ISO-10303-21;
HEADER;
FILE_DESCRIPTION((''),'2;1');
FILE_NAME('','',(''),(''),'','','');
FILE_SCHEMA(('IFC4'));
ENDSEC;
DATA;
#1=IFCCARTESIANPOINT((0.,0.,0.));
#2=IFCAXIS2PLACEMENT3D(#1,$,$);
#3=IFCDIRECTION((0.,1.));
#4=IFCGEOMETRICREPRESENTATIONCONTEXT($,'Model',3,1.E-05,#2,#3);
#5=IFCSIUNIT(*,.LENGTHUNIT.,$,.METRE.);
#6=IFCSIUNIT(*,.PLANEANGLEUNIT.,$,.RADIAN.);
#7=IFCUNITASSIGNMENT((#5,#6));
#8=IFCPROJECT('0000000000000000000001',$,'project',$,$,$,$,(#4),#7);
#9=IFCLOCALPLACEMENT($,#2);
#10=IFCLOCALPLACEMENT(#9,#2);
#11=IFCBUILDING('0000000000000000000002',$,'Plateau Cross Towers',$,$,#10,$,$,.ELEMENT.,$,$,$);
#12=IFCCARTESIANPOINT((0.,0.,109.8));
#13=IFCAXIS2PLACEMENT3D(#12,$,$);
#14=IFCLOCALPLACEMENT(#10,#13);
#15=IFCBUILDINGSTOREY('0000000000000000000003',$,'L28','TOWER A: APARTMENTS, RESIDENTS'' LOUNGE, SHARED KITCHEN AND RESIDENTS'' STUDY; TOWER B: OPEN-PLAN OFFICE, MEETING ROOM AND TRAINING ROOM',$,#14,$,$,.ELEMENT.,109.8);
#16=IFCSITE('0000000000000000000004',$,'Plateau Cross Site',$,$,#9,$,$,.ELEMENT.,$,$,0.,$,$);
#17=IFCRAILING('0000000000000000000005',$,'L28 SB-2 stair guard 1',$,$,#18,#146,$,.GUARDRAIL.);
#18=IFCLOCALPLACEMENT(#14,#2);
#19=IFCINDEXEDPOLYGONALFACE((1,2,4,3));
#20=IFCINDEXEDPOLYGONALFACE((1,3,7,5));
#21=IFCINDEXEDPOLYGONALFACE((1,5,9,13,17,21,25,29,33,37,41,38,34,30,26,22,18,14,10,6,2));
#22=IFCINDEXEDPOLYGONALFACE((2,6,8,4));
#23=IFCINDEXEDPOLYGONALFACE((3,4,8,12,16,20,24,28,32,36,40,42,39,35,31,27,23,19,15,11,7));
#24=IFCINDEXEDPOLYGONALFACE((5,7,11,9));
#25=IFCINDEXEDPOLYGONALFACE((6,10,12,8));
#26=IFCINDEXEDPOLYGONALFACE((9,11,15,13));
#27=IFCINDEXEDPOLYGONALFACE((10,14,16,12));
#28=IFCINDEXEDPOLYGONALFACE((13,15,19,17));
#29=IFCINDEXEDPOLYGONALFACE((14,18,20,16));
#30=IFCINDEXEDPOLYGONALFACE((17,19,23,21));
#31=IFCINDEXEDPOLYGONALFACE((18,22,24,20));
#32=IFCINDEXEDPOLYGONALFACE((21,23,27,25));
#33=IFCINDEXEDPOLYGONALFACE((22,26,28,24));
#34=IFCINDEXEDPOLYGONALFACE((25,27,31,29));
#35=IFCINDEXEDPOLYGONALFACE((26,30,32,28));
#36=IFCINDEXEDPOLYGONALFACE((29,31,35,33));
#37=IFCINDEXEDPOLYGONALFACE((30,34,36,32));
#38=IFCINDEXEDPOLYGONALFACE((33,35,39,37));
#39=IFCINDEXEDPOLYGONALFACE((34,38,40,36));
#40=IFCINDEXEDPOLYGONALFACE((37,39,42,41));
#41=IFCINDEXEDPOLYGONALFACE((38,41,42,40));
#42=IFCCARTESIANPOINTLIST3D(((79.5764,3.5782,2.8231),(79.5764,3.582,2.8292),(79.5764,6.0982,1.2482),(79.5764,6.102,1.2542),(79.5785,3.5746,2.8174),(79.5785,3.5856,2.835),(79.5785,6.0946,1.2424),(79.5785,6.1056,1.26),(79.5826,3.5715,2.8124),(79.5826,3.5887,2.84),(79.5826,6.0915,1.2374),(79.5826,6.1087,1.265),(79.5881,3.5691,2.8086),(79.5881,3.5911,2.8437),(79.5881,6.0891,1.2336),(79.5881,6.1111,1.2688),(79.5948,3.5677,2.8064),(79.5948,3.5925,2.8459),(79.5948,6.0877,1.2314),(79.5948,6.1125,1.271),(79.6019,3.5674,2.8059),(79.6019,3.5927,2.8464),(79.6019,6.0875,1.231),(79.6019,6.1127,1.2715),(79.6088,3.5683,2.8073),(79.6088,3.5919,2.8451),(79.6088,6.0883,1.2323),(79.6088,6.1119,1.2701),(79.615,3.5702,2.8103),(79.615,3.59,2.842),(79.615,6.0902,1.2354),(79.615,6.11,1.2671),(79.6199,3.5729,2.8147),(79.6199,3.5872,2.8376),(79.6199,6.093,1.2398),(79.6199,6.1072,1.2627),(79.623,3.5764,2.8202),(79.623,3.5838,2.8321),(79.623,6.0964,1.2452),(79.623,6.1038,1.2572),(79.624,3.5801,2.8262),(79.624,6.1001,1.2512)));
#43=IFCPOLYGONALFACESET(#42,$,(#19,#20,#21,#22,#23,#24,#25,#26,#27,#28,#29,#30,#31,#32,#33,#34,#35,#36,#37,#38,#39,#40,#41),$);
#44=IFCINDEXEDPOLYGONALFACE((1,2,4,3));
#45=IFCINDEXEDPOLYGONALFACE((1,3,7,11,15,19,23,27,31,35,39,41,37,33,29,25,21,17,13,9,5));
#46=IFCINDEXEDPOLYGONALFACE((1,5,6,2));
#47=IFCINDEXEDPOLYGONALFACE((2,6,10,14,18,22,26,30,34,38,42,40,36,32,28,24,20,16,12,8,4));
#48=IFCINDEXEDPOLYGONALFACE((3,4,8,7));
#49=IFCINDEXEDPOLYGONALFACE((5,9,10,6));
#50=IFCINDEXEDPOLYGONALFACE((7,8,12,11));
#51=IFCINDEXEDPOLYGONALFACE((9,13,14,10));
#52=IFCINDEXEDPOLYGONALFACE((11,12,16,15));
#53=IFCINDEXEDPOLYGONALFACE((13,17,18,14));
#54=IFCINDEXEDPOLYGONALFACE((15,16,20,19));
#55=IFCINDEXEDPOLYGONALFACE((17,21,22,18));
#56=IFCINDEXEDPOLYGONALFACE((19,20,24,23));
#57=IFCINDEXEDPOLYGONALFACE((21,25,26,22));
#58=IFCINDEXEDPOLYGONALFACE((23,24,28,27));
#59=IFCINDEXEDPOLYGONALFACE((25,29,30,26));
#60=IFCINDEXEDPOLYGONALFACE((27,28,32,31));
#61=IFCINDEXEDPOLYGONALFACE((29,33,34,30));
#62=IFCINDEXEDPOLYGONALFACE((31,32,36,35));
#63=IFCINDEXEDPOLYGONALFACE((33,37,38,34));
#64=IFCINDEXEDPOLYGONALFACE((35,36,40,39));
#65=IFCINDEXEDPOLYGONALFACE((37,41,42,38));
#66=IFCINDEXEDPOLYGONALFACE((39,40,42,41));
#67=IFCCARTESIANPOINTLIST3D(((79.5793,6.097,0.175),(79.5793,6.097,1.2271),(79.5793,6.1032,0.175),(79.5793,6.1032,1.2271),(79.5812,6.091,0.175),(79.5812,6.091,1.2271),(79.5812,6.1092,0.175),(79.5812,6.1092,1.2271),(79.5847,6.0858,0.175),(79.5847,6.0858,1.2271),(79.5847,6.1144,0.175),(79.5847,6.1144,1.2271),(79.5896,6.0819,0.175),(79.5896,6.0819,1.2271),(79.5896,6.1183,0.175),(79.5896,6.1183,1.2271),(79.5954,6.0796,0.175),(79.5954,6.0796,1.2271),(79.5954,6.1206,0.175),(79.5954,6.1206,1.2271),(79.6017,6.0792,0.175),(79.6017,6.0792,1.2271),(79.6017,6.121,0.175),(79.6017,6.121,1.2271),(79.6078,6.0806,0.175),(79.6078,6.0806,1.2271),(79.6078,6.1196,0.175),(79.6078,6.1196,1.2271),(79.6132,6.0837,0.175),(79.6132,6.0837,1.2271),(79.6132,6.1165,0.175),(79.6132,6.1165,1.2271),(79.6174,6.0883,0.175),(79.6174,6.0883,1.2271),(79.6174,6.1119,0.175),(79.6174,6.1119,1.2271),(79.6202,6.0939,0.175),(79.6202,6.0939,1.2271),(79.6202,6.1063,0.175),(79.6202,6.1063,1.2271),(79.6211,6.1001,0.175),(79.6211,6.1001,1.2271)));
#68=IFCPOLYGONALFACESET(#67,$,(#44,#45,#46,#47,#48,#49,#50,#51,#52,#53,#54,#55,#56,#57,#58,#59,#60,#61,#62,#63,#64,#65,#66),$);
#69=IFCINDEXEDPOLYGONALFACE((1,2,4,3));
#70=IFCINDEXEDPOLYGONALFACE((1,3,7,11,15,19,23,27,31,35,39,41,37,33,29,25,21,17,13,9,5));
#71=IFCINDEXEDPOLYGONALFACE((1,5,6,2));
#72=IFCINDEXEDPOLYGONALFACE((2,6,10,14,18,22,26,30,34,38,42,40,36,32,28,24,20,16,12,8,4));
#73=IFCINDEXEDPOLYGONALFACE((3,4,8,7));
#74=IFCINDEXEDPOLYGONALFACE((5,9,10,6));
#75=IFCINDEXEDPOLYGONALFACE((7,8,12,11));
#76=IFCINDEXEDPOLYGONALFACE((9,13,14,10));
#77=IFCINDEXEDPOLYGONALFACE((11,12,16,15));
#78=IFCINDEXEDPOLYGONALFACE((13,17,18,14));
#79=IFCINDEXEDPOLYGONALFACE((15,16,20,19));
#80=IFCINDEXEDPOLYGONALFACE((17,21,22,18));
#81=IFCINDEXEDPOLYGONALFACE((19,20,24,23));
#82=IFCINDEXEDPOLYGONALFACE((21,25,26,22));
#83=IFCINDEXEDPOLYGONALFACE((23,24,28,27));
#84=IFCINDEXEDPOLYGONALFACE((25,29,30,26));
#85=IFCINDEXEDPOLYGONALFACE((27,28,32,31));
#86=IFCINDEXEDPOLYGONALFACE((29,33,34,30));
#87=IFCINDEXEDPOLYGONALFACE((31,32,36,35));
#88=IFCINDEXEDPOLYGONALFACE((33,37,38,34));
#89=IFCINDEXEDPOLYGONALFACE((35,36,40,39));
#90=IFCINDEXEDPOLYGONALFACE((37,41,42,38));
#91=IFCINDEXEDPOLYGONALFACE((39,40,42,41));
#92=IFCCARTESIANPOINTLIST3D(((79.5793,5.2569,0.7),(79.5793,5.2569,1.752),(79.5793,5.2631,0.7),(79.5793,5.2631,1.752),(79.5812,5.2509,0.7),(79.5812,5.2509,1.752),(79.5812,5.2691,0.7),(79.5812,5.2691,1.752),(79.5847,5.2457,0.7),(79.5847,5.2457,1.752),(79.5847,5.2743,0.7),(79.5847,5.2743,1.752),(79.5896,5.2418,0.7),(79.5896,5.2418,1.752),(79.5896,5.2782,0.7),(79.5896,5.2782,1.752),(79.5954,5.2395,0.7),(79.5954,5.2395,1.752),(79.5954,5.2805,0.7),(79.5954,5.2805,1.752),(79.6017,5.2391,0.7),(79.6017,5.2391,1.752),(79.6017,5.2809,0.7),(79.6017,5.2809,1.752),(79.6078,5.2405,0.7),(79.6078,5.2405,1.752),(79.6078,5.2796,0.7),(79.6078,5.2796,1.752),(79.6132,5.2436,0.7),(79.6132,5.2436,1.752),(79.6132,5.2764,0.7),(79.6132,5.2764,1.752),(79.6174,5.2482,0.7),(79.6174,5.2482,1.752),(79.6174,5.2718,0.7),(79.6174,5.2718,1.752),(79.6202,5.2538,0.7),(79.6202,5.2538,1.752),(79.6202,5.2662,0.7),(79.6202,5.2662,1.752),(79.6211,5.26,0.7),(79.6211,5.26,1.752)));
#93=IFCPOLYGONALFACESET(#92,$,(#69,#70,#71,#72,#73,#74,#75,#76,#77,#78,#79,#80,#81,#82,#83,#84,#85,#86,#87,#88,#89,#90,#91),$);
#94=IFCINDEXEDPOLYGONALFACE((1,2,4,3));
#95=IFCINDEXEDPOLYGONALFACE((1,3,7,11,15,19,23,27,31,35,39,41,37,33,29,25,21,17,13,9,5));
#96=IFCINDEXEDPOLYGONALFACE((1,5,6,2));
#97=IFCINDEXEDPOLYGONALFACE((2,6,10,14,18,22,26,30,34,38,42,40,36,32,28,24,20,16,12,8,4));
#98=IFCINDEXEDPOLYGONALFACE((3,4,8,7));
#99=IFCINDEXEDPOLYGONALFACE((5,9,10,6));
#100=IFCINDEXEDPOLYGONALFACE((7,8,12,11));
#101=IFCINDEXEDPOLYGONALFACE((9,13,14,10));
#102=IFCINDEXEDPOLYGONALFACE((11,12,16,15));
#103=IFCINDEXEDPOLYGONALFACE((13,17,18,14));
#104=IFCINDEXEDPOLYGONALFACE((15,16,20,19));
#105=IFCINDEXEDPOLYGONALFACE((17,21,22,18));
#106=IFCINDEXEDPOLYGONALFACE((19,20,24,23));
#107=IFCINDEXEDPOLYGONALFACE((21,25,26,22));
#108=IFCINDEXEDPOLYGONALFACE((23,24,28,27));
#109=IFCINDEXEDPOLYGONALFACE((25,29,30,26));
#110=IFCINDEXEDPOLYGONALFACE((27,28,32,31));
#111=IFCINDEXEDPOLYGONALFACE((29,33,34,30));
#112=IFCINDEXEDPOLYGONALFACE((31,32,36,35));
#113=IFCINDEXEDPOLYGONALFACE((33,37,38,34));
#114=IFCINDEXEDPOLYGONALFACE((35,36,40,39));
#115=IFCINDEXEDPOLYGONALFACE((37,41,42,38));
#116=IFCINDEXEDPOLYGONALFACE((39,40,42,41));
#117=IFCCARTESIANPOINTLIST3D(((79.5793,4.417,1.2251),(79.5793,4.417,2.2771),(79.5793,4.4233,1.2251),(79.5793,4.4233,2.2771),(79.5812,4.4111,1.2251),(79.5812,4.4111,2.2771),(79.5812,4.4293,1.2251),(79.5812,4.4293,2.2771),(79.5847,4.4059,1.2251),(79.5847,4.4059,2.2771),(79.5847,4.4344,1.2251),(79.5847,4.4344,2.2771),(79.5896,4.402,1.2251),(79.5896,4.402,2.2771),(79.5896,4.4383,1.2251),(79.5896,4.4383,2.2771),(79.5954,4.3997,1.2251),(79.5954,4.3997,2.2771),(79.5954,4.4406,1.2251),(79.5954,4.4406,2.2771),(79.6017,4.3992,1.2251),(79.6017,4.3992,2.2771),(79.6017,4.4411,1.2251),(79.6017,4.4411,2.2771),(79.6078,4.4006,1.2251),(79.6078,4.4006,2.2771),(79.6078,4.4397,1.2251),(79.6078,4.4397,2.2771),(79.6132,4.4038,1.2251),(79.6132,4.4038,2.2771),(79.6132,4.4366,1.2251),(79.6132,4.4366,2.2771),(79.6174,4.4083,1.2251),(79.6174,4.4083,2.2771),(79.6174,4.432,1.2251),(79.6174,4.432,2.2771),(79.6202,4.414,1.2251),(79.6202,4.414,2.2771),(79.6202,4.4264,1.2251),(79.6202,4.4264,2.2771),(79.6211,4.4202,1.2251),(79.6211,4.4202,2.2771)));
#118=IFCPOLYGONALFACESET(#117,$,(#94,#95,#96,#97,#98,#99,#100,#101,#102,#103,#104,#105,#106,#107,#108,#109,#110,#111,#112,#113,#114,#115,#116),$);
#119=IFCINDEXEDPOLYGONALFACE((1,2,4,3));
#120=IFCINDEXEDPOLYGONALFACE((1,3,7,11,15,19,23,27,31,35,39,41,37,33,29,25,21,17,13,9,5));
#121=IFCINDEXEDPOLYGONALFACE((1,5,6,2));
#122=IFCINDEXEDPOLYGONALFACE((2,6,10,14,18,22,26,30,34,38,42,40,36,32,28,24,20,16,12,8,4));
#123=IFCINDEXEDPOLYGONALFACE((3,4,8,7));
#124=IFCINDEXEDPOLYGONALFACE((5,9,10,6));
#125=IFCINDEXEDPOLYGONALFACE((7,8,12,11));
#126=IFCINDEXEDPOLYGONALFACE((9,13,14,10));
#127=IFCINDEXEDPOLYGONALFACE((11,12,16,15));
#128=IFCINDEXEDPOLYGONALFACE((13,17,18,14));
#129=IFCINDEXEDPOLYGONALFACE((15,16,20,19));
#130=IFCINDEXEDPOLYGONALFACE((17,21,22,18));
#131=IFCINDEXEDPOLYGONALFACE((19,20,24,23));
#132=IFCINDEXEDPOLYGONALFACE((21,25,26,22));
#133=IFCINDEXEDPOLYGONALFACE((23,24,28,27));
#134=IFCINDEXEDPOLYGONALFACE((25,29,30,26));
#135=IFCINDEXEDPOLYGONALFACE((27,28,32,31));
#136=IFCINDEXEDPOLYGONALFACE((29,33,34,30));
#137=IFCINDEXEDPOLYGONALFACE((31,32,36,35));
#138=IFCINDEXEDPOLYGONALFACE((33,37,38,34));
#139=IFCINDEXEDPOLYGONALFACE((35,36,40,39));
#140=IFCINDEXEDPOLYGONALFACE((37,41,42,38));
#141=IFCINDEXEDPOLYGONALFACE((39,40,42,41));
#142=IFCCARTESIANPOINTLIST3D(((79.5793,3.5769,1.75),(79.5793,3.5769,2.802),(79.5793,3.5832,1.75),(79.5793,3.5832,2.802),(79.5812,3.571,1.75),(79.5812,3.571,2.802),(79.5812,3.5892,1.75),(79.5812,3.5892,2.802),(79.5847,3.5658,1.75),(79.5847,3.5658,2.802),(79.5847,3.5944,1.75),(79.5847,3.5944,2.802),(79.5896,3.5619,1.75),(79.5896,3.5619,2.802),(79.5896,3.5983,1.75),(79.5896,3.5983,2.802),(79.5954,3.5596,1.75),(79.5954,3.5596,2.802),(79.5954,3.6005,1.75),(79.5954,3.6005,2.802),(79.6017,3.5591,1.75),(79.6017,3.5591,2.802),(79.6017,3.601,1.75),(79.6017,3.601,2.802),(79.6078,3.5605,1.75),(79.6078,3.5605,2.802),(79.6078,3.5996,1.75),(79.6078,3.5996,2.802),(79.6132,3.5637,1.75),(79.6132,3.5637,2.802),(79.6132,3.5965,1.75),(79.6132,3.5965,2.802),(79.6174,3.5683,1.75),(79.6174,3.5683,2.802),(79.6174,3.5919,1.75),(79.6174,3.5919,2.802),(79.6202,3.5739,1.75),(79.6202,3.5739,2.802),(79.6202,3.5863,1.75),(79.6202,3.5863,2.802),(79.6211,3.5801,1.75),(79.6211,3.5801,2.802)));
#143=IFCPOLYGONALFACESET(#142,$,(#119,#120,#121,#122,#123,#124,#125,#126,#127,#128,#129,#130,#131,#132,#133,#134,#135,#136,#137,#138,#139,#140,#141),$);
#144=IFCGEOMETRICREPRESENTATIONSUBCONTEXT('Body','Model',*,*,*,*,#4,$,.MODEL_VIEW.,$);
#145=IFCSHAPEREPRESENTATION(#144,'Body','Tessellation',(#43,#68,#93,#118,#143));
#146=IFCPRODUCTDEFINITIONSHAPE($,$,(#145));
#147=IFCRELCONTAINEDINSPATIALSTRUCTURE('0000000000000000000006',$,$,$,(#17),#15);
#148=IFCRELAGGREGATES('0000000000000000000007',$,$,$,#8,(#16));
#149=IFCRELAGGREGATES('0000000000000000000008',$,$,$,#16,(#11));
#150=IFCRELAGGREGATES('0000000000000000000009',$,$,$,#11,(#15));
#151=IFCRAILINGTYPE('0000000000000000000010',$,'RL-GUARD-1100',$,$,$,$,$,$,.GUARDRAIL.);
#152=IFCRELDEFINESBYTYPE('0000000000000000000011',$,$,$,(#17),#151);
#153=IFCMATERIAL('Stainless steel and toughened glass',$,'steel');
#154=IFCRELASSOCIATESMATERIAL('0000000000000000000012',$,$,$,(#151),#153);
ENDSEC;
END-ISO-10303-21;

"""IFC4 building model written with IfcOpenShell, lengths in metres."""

from ifc_helpers import new_model, si_unit, direction, frame, origin, origin_2d, place, context, subcontext, project, spatial, circle, extrude, material, type_object, element, save


model = new_model("IFC4")

# Units and contexts
model_context = context("Model", 3, precision=1e-05, world=origin(), true_north=direction((0.0, 1.0)))
body_context = subcontext(model_context, "Body", "Model", "MODEL_VIEW")
ifc_project = project(units=[si_unit("LENGTHUNIT", "METRE"), si_unit("PLANEANGLEUNIT", "RADIAN")], contexts=[model_context])

# Site, building, storey
site_placement = place(None, origin())
site = spatial("IfcSite", under=ifc_project, at=site_placement, Name="Plateau Cross Site", CompositionType="ELEMENT", RefElevation=0.0)
building_placement = place(site_placement, origin())
building = spatial("IfcBuilding", under=site, at=building_placement, Name="Plateau Cross Towers", CompositionType="ELEMENT")
storey_placement = place(building_placement, frame((0.0, 0.0, 109.8)))
storey = spatial("IfcBuildingStorey", under=building, at=storey_placement, Name="L28", Description="TOWER A: APARTMENTS, RESIDENTS' LOUNGE, SHARED KITCHEN AND RESIDENTS' STUDY; TOWER B: OPEN-PLAN OFFICE, MEETING ROOM AND TRAINING ROOM", CompositionType="ELEMENT", Elevation=109.8)

# Railing
ifc_material_1 = material(Name="Stainless steel and toughened glass", Category="steel")
railing_type_1 = type_object("IfcRailingType", Name="RL-GUARD-1100", PredefinedType="GUARDRAIL", material=ifc_material_1)
railing_1_placement = place(storey_placement, frame((79.6001, 6.1001, 0.175)))
element("IfcRailing", 1, at=railing_1_placement, inside=storey, type_object=railing_type_1, Name="L28 SB-2 stair guard 1", PredefinedType="GUARDRAIL", context=body_context, shape_type="SweptSolid", body=[
    extrude(circle(Radius=0.0239, at=origin_2d()), frame((0.0, 0.0, 1.0762), z_axis=(0.0, -0.848008, 0.529984), x_axis=(1.0, 0.0, 0.0)), (0.0, 0.0, 1.0), 2.9717),
    extrude(circle(Radius=0.021, at=origin_2d()), origin(), (0.0, 0.0, 1.0), 1.052),
    extrude(circle(Radius=0.021, at=origin_2d()), frame((0.0, -0.8401, 0.5249)), (0.0, 0.0, 1.0), 1.052),
    extrude(circle(Radius=0.021, at=origin_2d()), frame((0.0, -1.6799, 1.05)), (0.0, 0.0, 1.0), 1.052),
    extrude(circle(Radius=0.021, at=origin_2d()), frame((0.0, -2.52, 1.575)), (0.0, 0.0, 1.0), 1.052),
])

save(model, "model.ifc")
